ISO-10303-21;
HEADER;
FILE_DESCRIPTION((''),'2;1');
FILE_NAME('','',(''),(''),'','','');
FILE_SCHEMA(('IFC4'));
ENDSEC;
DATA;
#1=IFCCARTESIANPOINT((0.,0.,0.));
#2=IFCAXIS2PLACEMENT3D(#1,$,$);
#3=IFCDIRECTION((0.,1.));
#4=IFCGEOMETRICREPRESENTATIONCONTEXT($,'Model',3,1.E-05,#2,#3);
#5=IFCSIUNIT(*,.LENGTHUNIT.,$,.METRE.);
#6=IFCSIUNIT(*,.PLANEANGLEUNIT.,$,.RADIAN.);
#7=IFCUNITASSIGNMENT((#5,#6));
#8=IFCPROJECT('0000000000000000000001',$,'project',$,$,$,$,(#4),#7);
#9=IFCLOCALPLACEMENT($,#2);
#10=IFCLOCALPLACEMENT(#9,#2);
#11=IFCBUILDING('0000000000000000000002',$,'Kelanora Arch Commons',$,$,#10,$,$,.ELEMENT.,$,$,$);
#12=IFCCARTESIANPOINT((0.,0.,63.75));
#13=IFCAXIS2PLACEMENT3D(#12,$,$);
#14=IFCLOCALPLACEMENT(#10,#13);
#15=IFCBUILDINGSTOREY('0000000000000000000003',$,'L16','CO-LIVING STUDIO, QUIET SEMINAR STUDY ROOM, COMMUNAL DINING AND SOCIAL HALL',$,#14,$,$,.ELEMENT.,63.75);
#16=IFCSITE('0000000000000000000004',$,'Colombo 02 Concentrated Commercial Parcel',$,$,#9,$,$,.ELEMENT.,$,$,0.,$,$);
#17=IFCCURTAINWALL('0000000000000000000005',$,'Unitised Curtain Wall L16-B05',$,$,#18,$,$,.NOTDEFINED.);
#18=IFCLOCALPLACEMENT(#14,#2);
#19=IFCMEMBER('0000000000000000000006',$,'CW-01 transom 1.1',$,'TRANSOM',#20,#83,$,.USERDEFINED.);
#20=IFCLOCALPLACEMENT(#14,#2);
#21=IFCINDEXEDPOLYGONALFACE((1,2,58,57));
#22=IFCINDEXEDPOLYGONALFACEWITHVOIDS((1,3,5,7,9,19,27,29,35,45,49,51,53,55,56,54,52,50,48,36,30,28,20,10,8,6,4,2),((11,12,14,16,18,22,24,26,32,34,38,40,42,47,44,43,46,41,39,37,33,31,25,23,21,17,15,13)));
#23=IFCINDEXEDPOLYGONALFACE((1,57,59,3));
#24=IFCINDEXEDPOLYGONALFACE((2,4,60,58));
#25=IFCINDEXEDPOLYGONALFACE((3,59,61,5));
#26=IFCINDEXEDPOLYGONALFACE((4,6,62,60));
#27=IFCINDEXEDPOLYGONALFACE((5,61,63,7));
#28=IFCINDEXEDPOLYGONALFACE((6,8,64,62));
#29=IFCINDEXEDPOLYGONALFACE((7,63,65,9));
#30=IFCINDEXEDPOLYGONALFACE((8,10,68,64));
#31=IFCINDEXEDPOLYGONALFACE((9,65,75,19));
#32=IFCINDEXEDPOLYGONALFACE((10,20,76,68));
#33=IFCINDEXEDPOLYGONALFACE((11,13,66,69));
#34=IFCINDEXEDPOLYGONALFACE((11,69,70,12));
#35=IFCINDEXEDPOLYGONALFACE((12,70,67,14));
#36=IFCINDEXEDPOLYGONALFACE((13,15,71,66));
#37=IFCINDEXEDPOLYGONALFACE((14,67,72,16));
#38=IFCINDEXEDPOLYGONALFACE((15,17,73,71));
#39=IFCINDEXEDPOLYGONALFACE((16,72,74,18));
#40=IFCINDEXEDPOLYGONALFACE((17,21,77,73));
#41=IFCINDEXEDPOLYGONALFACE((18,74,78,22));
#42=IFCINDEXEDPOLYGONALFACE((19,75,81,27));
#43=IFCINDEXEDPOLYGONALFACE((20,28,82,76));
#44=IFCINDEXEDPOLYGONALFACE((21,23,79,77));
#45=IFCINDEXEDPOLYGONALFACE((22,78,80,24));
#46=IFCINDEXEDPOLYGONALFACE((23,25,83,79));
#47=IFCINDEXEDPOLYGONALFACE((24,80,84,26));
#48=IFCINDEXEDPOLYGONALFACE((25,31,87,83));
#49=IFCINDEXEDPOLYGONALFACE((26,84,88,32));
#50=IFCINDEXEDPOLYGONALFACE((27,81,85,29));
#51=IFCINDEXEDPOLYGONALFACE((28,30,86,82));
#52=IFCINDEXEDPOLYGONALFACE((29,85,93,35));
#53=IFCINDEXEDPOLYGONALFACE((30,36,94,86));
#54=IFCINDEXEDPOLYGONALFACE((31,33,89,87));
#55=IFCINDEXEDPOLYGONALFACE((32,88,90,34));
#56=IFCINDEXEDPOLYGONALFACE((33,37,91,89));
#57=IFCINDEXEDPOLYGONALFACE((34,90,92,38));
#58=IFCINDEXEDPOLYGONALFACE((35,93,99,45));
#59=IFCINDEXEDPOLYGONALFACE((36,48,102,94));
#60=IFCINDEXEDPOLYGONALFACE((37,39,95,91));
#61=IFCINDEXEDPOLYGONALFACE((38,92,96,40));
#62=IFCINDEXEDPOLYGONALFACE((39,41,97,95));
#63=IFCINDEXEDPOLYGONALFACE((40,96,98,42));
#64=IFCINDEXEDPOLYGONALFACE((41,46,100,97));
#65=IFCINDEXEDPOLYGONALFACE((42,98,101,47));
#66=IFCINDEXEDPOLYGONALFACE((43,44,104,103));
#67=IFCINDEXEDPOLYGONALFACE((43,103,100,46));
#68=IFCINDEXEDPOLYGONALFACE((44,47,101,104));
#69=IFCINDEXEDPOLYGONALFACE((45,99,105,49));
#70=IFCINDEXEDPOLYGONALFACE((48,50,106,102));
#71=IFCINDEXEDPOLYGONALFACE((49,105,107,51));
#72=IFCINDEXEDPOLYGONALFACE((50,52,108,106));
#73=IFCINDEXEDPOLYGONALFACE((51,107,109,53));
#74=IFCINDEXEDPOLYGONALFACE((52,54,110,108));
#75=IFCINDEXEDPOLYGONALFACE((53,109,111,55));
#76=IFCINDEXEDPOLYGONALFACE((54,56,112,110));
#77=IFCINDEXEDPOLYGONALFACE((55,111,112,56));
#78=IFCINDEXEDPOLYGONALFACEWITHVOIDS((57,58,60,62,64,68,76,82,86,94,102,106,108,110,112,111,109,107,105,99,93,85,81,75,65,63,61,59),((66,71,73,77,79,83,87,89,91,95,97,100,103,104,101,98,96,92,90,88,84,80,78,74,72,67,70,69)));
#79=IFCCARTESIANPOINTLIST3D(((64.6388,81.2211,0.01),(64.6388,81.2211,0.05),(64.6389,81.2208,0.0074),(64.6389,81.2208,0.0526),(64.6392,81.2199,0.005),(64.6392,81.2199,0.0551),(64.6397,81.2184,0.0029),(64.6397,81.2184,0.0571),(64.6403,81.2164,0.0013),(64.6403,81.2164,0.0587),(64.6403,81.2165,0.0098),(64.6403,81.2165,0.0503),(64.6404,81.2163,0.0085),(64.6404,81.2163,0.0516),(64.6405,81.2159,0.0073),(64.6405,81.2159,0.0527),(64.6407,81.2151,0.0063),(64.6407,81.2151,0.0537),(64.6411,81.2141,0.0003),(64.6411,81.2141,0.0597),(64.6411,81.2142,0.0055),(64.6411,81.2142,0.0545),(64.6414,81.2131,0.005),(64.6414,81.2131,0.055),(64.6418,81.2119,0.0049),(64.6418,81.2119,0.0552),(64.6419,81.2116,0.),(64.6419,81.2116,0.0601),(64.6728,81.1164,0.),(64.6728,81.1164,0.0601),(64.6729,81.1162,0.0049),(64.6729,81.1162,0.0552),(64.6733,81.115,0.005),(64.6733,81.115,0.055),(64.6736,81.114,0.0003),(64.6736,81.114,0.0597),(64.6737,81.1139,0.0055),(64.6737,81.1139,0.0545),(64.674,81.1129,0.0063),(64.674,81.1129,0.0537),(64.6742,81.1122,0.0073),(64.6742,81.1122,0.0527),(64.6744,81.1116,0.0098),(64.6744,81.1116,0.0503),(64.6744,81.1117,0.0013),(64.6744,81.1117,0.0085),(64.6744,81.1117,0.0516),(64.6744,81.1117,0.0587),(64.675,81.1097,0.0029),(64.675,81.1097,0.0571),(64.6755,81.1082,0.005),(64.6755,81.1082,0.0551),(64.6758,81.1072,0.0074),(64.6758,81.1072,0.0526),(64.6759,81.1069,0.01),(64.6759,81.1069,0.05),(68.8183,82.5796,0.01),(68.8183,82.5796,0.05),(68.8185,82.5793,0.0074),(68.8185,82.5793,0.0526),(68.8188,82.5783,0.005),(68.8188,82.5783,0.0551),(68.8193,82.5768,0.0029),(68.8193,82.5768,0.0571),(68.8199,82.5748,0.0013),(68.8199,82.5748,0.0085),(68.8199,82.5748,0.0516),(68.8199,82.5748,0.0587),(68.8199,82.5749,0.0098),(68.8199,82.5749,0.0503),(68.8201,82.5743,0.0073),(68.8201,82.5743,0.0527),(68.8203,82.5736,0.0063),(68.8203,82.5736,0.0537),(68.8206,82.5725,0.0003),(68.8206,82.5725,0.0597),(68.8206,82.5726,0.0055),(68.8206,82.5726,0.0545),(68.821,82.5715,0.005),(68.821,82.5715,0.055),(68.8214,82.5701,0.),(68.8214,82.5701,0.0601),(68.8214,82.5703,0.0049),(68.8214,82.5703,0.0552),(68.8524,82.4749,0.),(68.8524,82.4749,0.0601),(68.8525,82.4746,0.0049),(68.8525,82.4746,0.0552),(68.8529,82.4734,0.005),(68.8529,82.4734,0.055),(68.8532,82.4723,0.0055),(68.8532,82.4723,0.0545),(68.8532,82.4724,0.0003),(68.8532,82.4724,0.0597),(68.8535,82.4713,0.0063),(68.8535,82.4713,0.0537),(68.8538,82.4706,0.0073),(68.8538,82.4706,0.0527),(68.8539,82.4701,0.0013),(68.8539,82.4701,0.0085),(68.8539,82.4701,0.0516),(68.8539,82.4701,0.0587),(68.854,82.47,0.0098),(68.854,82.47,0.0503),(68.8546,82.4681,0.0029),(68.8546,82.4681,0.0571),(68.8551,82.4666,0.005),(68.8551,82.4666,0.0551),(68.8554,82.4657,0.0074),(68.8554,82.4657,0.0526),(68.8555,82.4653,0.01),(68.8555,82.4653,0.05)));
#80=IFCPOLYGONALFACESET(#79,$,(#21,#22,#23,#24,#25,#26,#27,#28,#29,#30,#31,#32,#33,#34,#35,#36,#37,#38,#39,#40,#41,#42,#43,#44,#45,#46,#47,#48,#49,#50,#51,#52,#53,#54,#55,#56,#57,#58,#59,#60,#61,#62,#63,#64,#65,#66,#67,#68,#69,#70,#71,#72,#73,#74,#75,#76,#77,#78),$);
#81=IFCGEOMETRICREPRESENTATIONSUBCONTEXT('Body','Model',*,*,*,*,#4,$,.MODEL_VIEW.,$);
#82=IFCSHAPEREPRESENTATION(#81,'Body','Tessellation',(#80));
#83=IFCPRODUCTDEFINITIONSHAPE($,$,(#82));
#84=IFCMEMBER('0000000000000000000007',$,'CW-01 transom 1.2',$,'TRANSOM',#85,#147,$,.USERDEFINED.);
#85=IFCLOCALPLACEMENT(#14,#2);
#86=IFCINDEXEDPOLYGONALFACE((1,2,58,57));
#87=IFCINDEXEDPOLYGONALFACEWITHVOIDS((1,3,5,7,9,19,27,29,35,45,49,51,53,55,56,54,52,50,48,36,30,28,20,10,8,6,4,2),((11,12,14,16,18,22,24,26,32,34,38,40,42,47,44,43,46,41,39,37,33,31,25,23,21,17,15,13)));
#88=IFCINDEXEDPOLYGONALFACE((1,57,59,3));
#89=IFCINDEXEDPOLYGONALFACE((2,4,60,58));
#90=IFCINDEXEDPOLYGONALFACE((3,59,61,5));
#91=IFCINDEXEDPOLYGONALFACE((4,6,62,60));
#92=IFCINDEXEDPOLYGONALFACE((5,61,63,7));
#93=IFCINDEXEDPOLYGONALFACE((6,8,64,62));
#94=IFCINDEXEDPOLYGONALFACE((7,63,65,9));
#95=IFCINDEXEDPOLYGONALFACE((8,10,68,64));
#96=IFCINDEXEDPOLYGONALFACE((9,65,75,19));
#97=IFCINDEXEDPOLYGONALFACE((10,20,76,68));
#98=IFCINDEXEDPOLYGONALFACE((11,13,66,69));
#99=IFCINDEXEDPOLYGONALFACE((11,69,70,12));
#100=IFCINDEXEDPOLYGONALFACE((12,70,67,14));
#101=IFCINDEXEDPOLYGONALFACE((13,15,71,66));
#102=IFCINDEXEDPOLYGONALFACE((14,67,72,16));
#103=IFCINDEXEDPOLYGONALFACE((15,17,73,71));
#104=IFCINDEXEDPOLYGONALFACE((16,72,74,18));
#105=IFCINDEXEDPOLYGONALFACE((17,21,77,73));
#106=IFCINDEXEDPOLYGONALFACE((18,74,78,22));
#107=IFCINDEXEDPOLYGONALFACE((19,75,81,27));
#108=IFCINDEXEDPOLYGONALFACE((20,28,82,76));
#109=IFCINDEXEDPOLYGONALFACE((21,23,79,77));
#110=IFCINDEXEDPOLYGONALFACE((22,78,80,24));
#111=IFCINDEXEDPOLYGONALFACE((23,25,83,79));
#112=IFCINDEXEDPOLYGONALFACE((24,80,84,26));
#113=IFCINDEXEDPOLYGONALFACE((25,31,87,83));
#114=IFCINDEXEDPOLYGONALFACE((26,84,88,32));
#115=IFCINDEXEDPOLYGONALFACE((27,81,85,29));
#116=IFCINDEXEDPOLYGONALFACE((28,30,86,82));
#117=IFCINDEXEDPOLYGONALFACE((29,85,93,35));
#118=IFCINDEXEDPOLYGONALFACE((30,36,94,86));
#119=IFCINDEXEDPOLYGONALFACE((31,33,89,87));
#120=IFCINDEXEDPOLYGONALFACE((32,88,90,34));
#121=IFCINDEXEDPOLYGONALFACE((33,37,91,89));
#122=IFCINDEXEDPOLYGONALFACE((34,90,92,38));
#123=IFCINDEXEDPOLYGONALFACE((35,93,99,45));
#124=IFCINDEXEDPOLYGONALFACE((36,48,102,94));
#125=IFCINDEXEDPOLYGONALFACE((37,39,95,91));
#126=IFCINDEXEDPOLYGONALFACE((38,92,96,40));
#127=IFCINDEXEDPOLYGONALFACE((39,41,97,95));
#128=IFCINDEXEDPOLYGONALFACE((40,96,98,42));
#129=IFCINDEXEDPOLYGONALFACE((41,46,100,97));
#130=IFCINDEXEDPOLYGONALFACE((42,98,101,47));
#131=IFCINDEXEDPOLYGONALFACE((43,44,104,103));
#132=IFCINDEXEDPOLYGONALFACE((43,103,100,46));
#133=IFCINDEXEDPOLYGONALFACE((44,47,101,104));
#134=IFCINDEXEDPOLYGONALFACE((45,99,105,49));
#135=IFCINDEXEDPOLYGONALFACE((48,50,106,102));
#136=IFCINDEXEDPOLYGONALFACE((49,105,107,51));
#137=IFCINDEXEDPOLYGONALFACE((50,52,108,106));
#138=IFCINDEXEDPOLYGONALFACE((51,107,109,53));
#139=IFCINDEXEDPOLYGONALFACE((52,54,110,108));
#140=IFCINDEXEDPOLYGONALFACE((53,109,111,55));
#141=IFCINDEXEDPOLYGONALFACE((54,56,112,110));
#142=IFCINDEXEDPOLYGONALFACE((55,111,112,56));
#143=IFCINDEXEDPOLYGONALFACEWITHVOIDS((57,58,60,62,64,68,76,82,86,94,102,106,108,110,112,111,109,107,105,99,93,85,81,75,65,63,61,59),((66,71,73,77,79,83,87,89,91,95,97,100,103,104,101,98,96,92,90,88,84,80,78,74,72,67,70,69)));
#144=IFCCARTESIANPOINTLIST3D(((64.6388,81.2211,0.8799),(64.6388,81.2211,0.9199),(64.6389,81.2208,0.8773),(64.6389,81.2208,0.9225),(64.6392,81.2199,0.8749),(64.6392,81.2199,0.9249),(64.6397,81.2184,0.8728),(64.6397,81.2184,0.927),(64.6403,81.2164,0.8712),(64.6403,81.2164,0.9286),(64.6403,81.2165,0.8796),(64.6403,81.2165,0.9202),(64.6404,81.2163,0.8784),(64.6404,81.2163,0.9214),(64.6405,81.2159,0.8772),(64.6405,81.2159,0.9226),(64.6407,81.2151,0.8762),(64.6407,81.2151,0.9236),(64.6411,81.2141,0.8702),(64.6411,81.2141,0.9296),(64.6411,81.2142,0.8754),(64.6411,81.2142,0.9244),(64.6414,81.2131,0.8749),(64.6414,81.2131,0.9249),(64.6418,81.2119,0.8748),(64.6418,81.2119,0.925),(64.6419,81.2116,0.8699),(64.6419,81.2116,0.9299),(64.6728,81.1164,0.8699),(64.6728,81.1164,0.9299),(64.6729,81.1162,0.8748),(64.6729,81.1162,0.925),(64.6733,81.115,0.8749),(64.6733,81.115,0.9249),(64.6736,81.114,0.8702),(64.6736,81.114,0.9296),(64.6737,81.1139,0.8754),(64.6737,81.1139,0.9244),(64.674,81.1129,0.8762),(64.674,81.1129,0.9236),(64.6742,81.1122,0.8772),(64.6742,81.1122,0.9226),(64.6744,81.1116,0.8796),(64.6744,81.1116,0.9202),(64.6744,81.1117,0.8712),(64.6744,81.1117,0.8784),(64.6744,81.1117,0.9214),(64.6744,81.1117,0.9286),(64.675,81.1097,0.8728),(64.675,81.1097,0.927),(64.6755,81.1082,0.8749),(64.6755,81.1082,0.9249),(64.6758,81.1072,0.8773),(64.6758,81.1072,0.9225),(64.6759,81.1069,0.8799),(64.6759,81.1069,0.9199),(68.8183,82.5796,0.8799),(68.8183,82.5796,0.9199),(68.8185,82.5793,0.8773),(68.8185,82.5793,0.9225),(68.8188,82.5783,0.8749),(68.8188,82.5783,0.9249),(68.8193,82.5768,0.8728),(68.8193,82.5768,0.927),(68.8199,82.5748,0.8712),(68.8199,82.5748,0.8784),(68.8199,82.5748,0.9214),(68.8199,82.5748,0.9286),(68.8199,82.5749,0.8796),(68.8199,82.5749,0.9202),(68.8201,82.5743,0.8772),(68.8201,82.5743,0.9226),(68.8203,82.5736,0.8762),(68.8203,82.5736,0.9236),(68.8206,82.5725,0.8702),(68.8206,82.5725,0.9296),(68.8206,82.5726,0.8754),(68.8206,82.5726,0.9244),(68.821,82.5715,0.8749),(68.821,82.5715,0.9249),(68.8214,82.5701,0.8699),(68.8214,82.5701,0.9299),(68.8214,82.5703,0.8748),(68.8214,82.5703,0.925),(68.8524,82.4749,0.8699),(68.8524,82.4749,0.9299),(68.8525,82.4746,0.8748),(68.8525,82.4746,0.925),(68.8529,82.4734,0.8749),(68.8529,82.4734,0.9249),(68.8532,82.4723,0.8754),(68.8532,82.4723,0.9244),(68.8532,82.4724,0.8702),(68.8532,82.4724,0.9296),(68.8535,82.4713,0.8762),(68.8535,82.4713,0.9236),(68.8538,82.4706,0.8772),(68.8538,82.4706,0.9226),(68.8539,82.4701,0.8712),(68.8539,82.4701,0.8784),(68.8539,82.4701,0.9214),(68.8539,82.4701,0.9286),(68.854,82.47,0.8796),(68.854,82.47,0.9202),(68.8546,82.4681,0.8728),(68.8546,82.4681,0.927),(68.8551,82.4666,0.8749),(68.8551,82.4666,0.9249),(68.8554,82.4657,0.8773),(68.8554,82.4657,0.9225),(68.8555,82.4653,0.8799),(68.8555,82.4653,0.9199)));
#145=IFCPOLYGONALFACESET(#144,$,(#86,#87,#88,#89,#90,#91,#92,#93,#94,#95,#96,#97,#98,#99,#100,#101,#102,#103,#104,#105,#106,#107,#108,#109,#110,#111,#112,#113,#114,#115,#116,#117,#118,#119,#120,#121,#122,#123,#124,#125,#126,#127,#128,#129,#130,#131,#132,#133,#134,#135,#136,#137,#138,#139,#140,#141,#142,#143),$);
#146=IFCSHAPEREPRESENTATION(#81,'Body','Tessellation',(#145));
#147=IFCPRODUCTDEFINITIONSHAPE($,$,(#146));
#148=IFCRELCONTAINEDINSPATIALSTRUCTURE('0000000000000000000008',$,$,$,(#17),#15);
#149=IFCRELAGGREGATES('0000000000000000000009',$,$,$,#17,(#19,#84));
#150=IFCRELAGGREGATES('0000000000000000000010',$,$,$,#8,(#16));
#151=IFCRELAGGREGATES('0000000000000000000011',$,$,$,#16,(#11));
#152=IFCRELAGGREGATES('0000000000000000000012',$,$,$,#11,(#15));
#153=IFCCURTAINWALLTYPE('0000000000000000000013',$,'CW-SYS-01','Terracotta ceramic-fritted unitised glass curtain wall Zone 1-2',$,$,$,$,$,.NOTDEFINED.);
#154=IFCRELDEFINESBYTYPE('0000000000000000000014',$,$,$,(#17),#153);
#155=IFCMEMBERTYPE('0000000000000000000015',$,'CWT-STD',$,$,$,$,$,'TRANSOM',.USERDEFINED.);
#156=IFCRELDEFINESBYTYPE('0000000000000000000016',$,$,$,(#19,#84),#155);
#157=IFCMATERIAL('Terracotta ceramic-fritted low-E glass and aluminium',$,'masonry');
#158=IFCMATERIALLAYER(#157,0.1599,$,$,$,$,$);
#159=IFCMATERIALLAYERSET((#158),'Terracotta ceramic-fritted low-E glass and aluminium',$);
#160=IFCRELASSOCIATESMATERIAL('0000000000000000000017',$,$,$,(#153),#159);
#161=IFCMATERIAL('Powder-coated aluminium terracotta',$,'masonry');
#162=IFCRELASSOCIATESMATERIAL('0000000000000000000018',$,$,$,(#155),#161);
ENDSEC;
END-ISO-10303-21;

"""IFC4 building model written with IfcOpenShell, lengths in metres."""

from ifc_helpers import new_model, si_unit, direction, frame, origin, origin_2d, place, context, subcontext, project, spatial, hollow_rectangle, extrude, material, layer, layer_set, material_profile, profile_set, type_object, element, aggregate, save


model = new_model("IFC4")

# Units and contexts
model_context = context("Model", 3, precision=1e-05, world=origin(), true_north=direction((0.0, 1.0)))
body_context = subcontext(model_context, "Body", "Model", "MODEL_VIEW")
ifc_project = project(units=[si_unit("LENGTHUNIT", "METRE"), si_unit("PLANEANGLEUNIT", "RADIAN")], contexts=[model_context])

# Site, building, storey
site_placement = place(None, origin())
site = spatial("IfcSite", under=ifc_project, at=site_placement, Name="Colombo 02 Concentrated Commercial Parcel", CompositionType="ELEMENT", RefElevation=0.0)
building_placement = place(site_placement, origin())
building = spatial("IfcBuilding", under=site, at=building_placement, Name="Kelanora Arch Commons", CompositionType="ELEMENT")
storey_placement = place(building_placement, frame((0.0, 0.0, 63.75)))
storey = spatial("IfcBuildingStorey", under=building, at=storey_placement, Name="L16", Description="CO-LIVING STUDIO, QUIET SEMINAR STUDY ROOM, COMMUNAL DINING AND SOCIAL HALL", CompositionType="ELEMENT", Elevation=63.75)

# Curtain wall, members
ifc_material_1 = material(Name="Terracotta ceramic-fritted low-E glass and aluminium", Category="masonry")
ifc_layer_1 = layer(ifc_material_1, 0.1599)
ifc_layer_set_1 = layer_set([ifc_layer_1], Name="Terracotta ceramic-fritted low-E glass and aluminium")
curtain_wall_type = type_object("IfcCurtainWallType", Name="CW-SYS-01", Description="Terracotta ceramic-fritted unitised glass curtain wall Zone 1-2", PredefinedType="NOTDEFINED", material=ifc_layer_set_1)
curtain_wall_placement = place(storey_placement, origin())
curtain_wall = element("IfcCurtainWall", 1, at=curtain_wall_placement, inside=storey, type_object=curtain_wall_type, Name="Unitised Curtain Wall L16-B05", PredefinedType="NOTDEFINED")
ifc_material_2 = material(Name="Powder-coated aluminium terracotta", Category="masonry")
ifc_material_profile_1 = material_profile(ifc_material_2, hollow_rectangle(XDim=0.1201, YDim=0.0601, WallThickness=0.0049, InnerFilletRadius=0.0049, OuterFilletRadius=0.01, at=origin_2d()), Name="CWT120x60")
ifc_profile_set_1 = profile_set([ifc_material_profile_1], Name="Powder-coated aluminium terracotta")
member_type_1 = type_object("IfcMemberType", Name="CWT-STD", ElementType="TRANSOM", PredefinedType="USERDEFINED", material=ifc_profile_set_1)
member_1_placement = place(storey_placement, frame((68.8369, 82.5225, 0.03), z_axis=(-0.951029, -0.309102, 0.0), x_axis=(0.309102, -0.951029, 0.0)))
member_1 = element("IfcMember", 2, at=member_1_placement, type_object=member_type_1, Name="CW-01 transom 1.1", ObjectType="TRANSOM", PredefinedType="USERDEFINED", context=body_context, shape_type="SweptSolid", body=[
    extrude(hollow_rectangle(XDim=0.1201, YDim=0.0601, WallThickness=0.0049, InnerFilletRadius=0.0049, OuterFilletRadius=0.01, at=origin_2d()), origin(), (0.0, 0.0, 1.0), 4.3948),
])
member_2_placement = place(storey_placement, frame((68.8369, 82.5225, 0.8999), z_axis=(-0.951029, -0.309102, 0.0), x_axis=(0.309102, -0.951029, 0.0)))
member_2 = element("IfcMember", 3, at=member_2_placement, type_object=member_type_1, Name="CW-01 transom 1.2", ObjectType="TRANSOM", PredefinedType="USERDEFINED", context=body_context, shape_type="SweptSolid", body=[
    extrude(hollow_rectangle(XDim=0.1201, YDim=0.0601, WallThickness=0.0049, InnerFilletRadius=0.0049, OuterFilletRadius=0.01, at=origin_2d()), origin(), (0.0, 0.0, 1.0), 4.3948),
])
aggregate(curtain_wall, [member_1, member_2])

save(model, "model.ifc")
